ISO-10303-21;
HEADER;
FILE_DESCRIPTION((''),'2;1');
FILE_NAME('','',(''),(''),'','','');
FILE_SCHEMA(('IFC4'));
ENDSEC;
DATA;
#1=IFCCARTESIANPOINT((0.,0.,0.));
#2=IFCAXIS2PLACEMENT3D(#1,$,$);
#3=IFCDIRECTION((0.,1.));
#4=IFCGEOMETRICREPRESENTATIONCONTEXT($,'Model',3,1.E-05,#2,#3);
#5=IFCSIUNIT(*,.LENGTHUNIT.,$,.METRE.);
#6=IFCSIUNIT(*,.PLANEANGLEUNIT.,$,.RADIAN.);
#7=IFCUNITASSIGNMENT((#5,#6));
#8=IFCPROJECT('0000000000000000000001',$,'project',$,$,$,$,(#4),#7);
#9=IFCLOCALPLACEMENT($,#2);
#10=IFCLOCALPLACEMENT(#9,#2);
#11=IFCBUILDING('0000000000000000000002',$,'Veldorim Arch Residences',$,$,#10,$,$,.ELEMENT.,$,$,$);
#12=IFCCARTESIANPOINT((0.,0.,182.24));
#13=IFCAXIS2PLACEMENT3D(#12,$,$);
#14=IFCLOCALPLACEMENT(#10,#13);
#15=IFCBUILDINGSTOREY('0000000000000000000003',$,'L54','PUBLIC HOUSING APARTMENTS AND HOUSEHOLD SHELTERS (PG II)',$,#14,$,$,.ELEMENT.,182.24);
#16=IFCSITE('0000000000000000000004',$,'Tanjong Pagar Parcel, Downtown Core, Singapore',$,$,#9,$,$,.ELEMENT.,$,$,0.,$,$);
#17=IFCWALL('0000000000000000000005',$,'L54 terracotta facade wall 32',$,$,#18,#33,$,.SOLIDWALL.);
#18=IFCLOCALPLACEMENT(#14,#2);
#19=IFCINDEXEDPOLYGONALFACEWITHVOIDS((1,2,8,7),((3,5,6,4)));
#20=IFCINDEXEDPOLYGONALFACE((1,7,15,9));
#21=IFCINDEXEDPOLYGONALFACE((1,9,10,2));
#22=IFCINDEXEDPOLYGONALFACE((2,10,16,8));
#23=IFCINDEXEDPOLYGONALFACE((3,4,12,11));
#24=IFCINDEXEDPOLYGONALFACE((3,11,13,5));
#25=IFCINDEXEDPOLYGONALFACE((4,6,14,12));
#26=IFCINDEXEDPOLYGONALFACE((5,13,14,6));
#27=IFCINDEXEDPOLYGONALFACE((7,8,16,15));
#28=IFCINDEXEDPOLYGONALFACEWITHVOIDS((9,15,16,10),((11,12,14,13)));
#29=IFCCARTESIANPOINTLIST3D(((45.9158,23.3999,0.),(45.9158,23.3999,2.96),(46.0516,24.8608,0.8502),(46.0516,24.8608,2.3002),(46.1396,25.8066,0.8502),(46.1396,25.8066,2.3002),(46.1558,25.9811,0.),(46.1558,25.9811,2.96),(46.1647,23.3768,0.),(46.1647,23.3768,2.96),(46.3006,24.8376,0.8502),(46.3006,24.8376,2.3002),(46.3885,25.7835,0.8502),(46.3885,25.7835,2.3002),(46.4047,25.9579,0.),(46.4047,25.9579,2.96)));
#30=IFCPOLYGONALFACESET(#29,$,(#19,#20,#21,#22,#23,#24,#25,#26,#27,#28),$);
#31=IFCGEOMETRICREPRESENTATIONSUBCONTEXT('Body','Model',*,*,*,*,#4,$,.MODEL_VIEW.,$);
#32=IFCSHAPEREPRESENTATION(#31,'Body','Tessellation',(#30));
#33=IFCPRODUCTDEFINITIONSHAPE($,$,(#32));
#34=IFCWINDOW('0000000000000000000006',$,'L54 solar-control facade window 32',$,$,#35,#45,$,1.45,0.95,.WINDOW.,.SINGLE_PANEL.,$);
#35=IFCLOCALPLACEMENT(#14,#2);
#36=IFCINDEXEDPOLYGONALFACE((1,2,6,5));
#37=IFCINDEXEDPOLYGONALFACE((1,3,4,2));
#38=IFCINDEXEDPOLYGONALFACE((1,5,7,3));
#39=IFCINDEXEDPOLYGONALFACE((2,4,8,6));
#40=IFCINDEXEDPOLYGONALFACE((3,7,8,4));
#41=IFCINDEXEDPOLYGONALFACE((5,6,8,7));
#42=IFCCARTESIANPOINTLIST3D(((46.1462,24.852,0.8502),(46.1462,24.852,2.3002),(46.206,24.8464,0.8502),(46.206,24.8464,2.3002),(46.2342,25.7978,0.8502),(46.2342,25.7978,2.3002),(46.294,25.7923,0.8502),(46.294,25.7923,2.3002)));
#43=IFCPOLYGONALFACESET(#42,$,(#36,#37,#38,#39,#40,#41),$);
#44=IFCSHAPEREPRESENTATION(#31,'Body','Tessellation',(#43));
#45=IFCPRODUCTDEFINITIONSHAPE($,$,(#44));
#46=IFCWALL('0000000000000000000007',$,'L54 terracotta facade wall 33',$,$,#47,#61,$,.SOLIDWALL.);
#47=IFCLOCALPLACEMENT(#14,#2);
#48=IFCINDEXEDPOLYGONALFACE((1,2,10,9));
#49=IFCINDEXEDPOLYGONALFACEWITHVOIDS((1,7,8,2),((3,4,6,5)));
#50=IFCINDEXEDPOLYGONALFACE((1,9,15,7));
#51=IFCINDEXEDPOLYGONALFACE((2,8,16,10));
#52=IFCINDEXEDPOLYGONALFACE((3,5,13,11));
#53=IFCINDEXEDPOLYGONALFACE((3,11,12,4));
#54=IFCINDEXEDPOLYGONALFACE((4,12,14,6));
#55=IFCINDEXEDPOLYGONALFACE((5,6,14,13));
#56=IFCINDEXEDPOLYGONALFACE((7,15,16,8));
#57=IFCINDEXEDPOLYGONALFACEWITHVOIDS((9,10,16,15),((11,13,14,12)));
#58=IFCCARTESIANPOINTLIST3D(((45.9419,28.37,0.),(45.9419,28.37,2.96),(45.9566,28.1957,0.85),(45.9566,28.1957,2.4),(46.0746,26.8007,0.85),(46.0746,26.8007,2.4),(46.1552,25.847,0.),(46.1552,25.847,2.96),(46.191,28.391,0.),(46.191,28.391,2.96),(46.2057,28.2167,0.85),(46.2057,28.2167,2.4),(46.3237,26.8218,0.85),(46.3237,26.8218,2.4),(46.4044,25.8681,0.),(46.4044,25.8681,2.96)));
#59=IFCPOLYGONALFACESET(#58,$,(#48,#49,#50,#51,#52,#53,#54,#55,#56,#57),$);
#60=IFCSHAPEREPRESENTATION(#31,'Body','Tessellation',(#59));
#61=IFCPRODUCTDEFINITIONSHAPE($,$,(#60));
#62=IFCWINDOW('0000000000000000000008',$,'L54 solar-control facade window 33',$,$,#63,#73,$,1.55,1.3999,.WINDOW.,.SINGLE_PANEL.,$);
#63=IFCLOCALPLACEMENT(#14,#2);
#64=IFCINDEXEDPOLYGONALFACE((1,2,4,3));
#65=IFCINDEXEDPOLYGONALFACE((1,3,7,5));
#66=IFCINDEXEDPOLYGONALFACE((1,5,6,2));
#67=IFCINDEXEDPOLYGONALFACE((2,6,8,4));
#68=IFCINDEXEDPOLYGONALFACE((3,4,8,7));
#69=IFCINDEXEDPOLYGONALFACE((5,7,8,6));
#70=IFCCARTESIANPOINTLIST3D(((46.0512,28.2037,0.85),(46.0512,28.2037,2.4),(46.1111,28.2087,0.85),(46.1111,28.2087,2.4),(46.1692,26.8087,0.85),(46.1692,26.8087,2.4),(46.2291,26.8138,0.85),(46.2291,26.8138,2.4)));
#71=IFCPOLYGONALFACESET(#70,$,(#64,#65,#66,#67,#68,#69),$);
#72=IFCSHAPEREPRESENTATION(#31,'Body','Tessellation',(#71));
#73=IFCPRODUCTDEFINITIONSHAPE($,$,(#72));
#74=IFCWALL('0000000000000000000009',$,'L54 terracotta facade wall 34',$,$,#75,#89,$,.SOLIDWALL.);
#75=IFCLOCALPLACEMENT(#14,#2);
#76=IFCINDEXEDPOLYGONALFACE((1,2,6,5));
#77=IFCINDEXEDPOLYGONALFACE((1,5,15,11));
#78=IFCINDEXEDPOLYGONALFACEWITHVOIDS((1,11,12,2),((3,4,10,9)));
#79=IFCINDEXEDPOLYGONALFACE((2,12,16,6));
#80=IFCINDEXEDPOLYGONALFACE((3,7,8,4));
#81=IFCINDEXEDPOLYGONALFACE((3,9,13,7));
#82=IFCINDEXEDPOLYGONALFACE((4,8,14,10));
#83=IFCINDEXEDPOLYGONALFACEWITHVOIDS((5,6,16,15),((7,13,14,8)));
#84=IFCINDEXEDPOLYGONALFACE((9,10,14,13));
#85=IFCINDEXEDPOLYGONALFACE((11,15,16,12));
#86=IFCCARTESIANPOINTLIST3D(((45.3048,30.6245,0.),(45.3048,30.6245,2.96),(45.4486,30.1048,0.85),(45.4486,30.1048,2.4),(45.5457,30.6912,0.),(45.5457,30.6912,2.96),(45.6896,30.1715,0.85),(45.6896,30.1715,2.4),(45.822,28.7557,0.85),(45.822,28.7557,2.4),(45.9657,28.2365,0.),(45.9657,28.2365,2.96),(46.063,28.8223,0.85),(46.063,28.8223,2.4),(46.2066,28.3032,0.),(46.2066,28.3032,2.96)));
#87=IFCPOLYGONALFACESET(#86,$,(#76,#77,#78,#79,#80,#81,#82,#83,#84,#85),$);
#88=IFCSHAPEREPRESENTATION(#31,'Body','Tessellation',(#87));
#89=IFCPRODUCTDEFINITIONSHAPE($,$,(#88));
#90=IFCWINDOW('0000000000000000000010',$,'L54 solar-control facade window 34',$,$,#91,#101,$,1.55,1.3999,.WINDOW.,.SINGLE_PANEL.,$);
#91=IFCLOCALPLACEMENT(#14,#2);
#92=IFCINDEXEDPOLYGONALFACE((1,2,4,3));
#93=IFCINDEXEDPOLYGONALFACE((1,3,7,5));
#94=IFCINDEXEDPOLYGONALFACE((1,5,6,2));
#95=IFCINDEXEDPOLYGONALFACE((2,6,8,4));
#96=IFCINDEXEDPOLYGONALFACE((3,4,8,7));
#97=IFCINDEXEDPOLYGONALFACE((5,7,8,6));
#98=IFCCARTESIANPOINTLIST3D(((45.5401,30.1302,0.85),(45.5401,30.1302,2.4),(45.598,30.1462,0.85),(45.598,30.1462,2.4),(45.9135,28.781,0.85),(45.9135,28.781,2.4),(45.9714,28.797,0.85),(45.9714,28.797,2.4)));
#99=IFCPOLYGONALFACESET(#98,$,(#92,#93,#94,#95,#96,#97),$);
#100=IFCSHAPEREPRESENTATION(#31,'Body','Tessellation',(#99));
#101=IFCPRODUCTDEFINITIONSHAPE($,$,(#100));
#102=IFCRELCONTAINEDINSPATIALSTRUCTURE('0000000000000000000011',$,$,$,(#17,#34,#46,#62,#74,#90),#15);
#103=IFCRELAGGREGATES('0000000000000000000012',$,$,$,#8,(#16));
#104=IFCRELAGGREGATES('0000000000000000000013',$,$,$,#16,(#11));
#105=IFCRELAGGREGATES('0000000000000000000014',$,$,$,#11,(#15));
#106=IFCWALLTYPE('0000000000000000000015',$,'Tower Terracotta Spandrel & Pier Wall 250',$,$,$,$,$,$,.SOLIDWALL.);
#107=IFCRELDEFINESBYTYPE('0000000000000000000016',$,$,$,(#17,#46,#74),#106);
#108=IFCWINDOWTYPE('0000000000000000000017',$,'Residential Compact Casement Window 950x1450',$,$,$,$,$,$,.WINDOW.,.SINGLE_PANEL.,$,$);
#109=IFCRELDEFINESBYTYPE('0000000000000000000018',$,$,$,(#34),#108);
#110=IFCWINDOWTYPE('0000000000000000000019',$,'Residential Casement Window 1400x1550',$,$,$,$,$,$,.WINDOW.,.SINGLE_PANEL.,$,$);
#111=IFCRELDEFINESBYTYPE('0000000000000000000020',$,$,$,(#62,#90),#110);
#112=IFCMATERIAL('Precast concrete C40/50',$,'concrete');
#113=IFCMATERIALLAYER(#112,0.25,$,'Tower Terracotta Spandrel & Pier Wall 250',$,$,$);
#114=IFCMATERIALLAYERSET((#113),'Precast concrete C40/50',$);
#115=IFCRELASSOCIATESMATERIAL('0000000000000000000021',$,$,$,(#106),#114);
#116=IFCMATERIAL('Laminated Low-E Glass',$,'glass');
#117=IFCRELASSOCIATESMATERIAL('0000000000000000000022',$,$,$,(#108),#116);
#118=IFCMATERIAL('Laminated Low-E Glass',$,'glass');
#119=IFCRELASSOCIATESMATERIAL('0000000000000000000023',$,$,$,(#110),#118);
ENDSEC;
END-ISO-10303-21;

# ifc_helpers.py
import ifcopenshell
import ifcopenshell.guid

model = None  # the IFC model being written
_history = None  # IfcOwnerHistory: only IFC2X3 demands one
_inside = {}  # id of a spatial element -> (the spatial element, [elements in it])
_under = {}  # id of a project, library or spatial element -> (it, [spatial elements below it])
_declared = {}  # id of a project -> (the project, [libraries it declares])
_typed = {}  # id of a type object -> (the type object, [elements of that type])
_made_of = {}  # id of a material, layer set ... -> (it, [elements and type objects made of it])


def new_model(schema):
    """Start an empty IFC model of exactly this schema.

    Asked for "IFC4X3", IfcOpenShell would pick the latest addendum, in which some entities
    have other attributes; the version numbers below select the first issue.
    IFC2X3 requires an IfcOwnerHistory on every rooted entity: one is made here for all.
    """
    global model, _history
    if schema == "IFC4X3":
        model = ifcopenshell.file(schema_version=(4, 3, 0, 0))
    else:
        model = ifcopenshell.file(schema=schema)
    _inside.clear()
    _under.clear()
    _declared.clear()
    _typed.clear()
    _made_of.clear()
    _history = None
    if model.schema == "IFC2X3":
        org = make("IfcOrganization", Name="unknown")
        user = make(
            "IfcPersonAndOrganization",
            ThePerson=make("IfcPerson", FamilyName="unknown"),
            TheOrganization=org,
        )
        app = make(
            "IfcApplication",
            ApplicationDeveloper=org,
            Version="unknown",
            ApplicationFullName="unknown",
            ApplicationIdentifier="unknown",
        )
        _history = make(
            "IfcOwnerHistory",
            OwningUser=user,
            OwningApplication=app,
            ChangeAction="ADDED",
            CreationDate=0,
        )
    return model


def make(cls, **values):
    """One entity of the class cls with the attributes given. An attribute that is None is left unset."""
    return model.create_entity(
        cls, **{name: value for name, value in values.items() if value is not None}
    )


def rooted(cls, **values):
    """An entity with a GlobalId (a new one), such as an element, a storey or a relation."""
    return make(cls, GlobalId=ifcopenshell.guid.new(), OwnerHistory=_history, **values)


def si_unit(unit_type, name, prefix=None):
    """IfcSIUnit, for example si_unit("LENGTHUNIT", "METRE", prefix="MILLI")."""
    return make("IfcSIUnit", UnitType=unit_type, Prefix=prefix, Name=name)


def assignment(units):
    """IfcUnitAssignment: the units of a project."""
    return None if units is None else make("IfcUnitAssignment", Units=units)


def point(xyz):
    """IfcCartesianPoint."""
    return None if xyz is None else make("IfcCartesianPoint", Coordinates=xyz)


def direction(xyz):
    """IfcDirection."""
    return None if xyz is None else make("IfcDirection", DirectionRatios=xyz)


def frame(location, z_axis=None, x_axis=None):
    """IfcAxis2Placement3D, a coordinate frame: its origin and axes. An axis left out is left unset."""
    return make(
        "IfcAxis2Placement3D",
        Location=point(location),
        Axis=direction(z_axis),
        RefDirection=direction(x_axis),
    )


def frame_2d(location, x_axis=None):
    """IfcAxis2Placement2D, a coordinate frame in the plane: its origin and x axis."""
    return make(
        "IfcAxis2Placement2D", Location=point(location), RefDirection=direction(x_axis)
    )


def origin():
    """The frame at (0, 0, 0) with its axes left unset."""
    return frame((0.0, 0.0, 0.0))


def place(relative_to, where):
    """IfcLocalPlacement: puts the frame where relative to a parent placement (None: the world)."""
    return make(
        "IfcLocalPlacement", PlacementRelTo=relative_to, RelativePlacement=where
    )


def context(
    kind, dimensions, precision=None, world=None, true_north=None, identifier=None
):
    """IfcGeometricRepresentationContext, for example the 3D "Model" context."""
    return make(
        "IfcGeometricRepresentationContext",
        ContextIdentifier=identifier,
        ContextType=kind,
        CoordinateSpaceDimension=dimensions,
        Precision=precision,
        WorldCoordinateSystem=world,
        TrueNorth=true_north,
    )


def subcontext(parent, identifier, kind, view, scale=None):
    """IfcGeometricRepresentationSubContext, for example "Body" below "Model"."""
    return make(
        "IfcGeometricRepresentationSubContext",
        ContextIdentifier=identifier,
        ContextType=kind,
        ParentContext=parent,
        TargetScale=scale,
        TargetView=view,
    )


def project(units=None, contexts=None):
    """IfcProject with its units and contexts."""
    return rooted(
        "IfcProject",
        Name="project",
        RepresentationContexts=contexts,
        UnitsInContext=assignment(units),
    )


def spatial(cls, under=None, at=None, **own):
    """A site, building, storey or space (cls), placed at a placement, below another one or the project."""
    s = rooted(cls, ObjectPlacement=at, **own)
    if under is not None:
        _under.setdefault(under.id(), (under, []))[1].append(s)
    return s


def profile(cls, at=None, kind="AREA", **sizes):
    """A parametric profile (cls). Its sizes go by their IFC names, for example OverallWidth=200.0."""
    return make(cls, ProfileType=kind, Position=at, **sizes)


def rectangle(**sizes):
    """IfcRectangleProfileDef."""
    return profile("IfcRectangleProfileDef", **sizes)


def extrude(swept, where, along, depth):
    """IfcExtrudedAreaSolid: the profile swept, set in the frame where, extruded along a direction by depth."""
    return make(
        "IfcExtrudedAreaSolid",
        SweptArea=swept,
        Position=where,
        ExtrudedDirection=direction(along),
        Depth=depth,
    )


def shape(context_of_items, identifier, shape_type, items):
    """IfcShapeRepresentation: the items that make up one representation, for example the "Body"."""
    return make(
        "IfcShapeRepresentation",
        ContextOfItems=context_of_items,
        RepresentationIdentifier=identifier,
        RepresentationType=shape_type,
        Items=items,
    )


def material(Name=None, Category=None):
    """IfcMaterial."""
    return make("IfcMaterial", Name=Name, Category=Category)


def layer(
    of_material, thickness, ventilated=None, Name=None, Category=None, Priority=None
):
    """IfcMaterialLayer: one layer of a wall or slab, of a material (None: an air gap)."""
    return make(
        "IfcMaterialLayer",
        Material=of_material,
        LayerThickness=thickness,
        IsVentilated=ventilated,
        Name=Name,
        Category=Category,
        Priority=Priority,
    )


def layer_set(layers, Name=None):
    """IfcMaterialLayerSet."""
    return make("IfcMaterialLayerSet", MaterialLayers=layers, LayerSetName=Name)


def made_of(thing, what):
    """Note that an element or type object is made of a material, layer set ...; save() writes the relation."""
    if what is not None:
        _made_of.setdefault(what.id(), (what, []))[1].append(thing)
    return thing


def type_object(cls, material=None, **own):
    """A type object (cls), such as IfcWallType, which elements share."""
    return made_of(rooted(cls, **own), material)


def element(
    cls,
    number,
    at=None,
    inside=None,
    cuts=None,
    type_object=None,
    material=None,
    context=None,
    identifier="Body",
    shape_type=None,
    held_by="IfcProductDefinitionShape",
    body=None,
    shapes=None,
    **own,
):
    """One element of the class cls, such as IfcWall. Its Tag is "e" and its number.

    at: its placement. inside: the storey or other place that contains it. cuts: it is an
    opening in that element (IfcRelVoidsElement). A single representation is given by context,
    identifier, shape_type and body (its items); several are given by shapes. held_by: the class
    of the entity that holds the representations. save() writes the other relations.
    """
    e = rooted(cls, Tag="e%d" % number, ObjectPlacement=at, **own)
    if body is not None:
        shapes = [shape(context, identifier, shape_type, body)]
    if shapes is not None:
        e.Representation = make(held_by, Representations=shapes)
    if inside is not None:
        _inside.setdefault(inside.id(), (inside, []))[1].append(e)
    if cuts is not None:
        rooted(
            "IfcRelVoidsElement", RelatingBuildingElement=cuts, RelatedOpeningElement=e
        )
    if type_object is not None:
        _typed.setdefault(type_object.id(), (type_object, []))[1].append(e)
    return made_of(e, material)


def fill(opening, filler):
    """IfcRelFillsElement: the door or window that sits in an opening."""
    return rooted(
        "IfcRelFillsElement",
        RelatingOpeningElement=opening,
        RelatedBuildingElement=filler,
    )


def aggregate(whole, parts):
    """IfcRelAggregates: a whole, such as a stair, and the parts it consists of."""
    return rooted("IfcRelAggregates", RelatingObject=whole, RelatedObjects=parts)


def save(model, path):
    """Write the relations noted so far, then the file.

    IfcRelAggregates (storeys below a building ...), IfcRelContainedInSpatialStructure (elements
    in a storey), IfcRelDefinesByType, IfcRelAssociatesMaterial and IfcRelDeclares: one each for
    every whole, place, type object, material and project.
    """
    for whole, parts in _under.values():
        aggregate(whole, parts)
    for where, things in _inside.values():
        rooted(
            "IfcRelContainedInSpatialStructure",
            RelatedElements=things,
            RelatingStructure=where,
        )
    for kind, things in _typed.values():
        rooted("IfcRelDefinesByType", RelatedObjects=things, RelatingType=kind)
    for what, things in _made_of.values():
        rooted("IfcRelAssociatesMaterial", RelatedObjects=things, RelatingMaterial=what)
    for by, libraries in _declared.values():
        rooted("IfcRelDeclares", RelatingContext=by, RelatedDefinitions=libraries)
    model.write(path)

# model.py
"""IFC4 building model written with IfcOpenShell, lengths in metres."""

from ifc_helpers import new_model, si_unit, direction, frame, frame_2d, origin, place, context, subcontext, project, spatial, rectangle, extrude, material, layer, layer_set, type_object, element, fill, save


model = new_model("IFC4")

# Units and contexts
model_context = context("Model", 3, precision=1e-05, world=origin(), true_north=direction((0.0, 1.0)))
body_context = subcontext(model_context, "Body", "Model", "MODEL_VIEW")
ifc_project = project(units=[si_unit("LENGTHUNIT", "METRE"), si_unit("PLANEANGLEUNIT", "RADIAN")], contexts=[model_context])

# Site, building, storey
site_placement = place(None, origin())
site = spatial("IfcSite", under=ifc_project, at=site_placement, Name="Tanjong Pagar Parcel, Downtown Core, Singapore", CompositionType="ELEMENT", RefElevation=0.0)
building_placement = place(site_placement, origin())
building = spatial("IfcBuilding", under=site, at=building_placement, Name="Veldorim Arch Residences", CompositionType="ELEMENT")
storey_placement = place(building_placement, frame((0.0, 0.0, 182.24)))
storey = spatial("IfcBuildingStorey", under=building, at=storey_placement, Name="L54", Description="PUBLIC HOUSING APARTMENTS AND HOUSEHOLD SHELTERS (PG II)", CompositionType="ELEMENT", Elevation=182.24)

# Walls, openings, windows
ifc_material_1 = material(Name="Precast concrete C40/50", Category="concrete")
ifc_layer_1 = layer(ifc_material_1, 0.25, Name="Tower Terracotta Spandrel & Pier Wall 250")
ifc_layer_set_1 = layer_set([ifc_layer_1], Name="Precast concrete C40/50")
wall_type_1 = type_object("IfcWallType", Name="Tower Terracotta Spandrel & Pier Wall 250", PredefinedType="SOLIDWALL", material=ifc_layer_set_1)
wall_1_placement = place(storey_placement, frame((46.2803, 25.9695, 0.0), z_axis=(0.0, 0.0, 1.0), x_axis=(-0.092582, -0.995705, 0.0)))
wall_1 = element("IfcWall", 1, at=wall_1_placement, inside=storey, type_object=wall_type_1, Name="L54 terracotta facade wall 32", PredefinedType="SOLIDWALL", context=body_context, shape_type="SweptSolid", body=[
    extrude(rectangle(XDim=2.5923, YDim=0.25, at=frame_2d((1.2961, 0.0))), origin(), (0.0, 0.0, 1.0), 2.96),
])
opening_1_placement = place(wall_1_placement, frame((0.175, 0.0, 0.8501)))
opening_1 = element("IfcOpeningElement", 2, at=opening_1_placement, cuts=wall_1, PredefinedType="OPENING", context=body_context, shape_type="SweptSolid", body=[
    extrude(rectangle(XDim=0.95, YDim=1.45, at=frame_2d((0.4751, 0.7251))), frame((0.0, 0.135, 0.0), z_axis=(0.0, -1.0, 0.0), x_axis=(1.0, 0.0, 0.0)), (0.0, 0.0, 1.0), 0.27),
])
ifc_material_2 = material(Name="Laminated Low-E Glass", Category="glass")
window_type_1 = type_object("IfcWindowType", Name="Residential Compact Casement Window 950x1450", PartitioningType="SINGLE_PANEL", PredefinedType="WINDOW", material=ifc_material_2)
window_1_placement = place(opening_1_placement, origin())
window_1 = element("IfcWindow", 3, at=window_1_placement, inside=storey, type_object=window_type_1, Name="L54 solar-control facade window 32", OverallHeight=1.45, OverallWidth=0.95, PartitioningType="SINGLE_PANEL", PredefinedType="WINDOW", context=body_context, shape_type="SweptSolid", body=[
    extrude(rectangle(XDim=0.95, YDim=1.45, at=frame_2d((0.4751, 0.7251))), frame((0.0, 0.03, 0.0), z_axis=(0.0, -1.0, 0.0), x_axis=(1.0, 0.0, 0.0)), (0.0, 0.0, 1.0), 0.0601),
])
fill(opening_1, window_1)
wall_2_placement = place(storey_placement, frame((46.0664, 28.3806, 0.0), z_axis=(0.0, 0.0, 1.0), x_axis=(0.084274, -0.996443, 0.0)))
wall_2 = element("IfcWall", 4, at=wall_2_placement, inside=storey, type_object=wall_type_1, Name="L54 terracotta facade wall 33", PredefinedType="SOLIDWALL", context=body_context, shape_type="SweptSolid", body=[
    extrude(rectangle(XDim=2.532, YDim=0.25, at=frame_2d((1.2661, 0.0))), origin(), (0.0, 0.0, 1.0), 2.96),
])
opening_2_placement = place(wall_2_placement, frame((0.175, 0.0, 0.8501)))
opening_2 = element("IfcOpeningElement", 5, at=opening_2_placement, cuts=wall_2, PredefinedType="OPENING", context=body_context, shape_type="SweptSolid", body=[
    extrude(rectangle(XDim=1.3999, YDim=1.55, at=frame_2d((0.7, 0.7749))), frame((0.0, 0.135, 0.0), z_axis=(0.0, -1.0, 0.0), x_axis=(1.0, 0.0, 0.0)), (0.0, 0.0, 1.0), 0.27),
])
ifc_material_3 = material(Name="Laminated Low-E Glass", Category="glass")
window_type_2 = type_object("IfcWindowType", Name="Residential Casement Window 1400x1550", PartitioningType="SINGLE_PANEL", PredefinedType="WINDOW", material=ifc_material_3)
window_2_placement = place(opening_2_placement, origin())
window_2 = element("IfcWindow", 6, at=window_2_placement, inside=storey, type_object=window_type_2, Name="L54 solar-control facade window 33", OverallHeight=1.55, OverallWidth=1.3999, PartitioningType="SINGLE_PANEL", PredefinedType="WINDOW", context=body_context, shape_type="SweptSolid", body=[
    extrude(rectangle(XDim=1.3999, YDim=1.55, at=frame_2d((0.7, 0.7749))), frame((0.0, 0.03, 0.0), z_axis=(0.0, -1.0, 0.0), x_axis=(1.0, 0.0, 0.0)), (0.0, 0.0, 1.0), 0.0601),
])
fill(opening_2, window_2)
wall_3_placement = place(storey_placement, frame((45.4253, 30.6577, 0.0), z_axis=(0.0, 0.0, 1.0), x_axis=(0.266734, -0.96377, 0.0)))
wall_3 = element("IfcWall", 7, at=wall_3_placement, inside=storey, type_object=wall_type_1, Name="L54 terracotta facade wall 34", PredefinedType="SOLIDWALL", context=body_context, shape_type="SweptSolid", body=[
    extrude(rectangle(XDim=2.4778, YDim=0.25, at=frame_2d((1.2388, 0.0))), origin(), (0.0, 0.0, 1.0), 2.96),
])
opening_3_placement = place(wall_3_placement, frame((0.5391, 0.0, 0.8501)))
opening_3 = element("IfcOpeningElement", 8, at=opening_3_placement, cuts=wall_3, PredefinedType="OPENING", context=body_context, shape_type="SweptSolid", body=[
    extrude(rectangle(XDim=1.3999, YDim=1.55, at=frame_2d((0.7, 0.7749))), frame((0.0, 0.135, 0.0), z_axis=(0.0, -1.0, 0.0), x_axis=(1.0, 0.0, 0.0)), (0.0, 0.0, 1.0), 0.27),
])
window_3_placement = place(opening_3_placement, origin())
window_3 = element("IfcWindow", 9, at=window_3_placement, inside=storey, type_object=window_type_2, Name="L54 solar-control facade window 34", OverallHeight=1.55, OverallWidth=1.3999, PartitioningType="SINGLE_PANEL", PredefinedType="WINDOW", context=body_context, shape_type="SweptSolid", body=[
    extrude(rectangle(XDim=1.3999, YDim=1.55, at=frame_2d((0.7, 0.7749))), frame((0.0, 0.03, 0.0), z_axis=(0.0, -1.0, 0.0), x_axis=(1.0, 0.0, 0.0)), (0.0, 0.0, 1.0), 0.0601),
])
fill(opening_3, window_3)

save(model, "model.ifc")
